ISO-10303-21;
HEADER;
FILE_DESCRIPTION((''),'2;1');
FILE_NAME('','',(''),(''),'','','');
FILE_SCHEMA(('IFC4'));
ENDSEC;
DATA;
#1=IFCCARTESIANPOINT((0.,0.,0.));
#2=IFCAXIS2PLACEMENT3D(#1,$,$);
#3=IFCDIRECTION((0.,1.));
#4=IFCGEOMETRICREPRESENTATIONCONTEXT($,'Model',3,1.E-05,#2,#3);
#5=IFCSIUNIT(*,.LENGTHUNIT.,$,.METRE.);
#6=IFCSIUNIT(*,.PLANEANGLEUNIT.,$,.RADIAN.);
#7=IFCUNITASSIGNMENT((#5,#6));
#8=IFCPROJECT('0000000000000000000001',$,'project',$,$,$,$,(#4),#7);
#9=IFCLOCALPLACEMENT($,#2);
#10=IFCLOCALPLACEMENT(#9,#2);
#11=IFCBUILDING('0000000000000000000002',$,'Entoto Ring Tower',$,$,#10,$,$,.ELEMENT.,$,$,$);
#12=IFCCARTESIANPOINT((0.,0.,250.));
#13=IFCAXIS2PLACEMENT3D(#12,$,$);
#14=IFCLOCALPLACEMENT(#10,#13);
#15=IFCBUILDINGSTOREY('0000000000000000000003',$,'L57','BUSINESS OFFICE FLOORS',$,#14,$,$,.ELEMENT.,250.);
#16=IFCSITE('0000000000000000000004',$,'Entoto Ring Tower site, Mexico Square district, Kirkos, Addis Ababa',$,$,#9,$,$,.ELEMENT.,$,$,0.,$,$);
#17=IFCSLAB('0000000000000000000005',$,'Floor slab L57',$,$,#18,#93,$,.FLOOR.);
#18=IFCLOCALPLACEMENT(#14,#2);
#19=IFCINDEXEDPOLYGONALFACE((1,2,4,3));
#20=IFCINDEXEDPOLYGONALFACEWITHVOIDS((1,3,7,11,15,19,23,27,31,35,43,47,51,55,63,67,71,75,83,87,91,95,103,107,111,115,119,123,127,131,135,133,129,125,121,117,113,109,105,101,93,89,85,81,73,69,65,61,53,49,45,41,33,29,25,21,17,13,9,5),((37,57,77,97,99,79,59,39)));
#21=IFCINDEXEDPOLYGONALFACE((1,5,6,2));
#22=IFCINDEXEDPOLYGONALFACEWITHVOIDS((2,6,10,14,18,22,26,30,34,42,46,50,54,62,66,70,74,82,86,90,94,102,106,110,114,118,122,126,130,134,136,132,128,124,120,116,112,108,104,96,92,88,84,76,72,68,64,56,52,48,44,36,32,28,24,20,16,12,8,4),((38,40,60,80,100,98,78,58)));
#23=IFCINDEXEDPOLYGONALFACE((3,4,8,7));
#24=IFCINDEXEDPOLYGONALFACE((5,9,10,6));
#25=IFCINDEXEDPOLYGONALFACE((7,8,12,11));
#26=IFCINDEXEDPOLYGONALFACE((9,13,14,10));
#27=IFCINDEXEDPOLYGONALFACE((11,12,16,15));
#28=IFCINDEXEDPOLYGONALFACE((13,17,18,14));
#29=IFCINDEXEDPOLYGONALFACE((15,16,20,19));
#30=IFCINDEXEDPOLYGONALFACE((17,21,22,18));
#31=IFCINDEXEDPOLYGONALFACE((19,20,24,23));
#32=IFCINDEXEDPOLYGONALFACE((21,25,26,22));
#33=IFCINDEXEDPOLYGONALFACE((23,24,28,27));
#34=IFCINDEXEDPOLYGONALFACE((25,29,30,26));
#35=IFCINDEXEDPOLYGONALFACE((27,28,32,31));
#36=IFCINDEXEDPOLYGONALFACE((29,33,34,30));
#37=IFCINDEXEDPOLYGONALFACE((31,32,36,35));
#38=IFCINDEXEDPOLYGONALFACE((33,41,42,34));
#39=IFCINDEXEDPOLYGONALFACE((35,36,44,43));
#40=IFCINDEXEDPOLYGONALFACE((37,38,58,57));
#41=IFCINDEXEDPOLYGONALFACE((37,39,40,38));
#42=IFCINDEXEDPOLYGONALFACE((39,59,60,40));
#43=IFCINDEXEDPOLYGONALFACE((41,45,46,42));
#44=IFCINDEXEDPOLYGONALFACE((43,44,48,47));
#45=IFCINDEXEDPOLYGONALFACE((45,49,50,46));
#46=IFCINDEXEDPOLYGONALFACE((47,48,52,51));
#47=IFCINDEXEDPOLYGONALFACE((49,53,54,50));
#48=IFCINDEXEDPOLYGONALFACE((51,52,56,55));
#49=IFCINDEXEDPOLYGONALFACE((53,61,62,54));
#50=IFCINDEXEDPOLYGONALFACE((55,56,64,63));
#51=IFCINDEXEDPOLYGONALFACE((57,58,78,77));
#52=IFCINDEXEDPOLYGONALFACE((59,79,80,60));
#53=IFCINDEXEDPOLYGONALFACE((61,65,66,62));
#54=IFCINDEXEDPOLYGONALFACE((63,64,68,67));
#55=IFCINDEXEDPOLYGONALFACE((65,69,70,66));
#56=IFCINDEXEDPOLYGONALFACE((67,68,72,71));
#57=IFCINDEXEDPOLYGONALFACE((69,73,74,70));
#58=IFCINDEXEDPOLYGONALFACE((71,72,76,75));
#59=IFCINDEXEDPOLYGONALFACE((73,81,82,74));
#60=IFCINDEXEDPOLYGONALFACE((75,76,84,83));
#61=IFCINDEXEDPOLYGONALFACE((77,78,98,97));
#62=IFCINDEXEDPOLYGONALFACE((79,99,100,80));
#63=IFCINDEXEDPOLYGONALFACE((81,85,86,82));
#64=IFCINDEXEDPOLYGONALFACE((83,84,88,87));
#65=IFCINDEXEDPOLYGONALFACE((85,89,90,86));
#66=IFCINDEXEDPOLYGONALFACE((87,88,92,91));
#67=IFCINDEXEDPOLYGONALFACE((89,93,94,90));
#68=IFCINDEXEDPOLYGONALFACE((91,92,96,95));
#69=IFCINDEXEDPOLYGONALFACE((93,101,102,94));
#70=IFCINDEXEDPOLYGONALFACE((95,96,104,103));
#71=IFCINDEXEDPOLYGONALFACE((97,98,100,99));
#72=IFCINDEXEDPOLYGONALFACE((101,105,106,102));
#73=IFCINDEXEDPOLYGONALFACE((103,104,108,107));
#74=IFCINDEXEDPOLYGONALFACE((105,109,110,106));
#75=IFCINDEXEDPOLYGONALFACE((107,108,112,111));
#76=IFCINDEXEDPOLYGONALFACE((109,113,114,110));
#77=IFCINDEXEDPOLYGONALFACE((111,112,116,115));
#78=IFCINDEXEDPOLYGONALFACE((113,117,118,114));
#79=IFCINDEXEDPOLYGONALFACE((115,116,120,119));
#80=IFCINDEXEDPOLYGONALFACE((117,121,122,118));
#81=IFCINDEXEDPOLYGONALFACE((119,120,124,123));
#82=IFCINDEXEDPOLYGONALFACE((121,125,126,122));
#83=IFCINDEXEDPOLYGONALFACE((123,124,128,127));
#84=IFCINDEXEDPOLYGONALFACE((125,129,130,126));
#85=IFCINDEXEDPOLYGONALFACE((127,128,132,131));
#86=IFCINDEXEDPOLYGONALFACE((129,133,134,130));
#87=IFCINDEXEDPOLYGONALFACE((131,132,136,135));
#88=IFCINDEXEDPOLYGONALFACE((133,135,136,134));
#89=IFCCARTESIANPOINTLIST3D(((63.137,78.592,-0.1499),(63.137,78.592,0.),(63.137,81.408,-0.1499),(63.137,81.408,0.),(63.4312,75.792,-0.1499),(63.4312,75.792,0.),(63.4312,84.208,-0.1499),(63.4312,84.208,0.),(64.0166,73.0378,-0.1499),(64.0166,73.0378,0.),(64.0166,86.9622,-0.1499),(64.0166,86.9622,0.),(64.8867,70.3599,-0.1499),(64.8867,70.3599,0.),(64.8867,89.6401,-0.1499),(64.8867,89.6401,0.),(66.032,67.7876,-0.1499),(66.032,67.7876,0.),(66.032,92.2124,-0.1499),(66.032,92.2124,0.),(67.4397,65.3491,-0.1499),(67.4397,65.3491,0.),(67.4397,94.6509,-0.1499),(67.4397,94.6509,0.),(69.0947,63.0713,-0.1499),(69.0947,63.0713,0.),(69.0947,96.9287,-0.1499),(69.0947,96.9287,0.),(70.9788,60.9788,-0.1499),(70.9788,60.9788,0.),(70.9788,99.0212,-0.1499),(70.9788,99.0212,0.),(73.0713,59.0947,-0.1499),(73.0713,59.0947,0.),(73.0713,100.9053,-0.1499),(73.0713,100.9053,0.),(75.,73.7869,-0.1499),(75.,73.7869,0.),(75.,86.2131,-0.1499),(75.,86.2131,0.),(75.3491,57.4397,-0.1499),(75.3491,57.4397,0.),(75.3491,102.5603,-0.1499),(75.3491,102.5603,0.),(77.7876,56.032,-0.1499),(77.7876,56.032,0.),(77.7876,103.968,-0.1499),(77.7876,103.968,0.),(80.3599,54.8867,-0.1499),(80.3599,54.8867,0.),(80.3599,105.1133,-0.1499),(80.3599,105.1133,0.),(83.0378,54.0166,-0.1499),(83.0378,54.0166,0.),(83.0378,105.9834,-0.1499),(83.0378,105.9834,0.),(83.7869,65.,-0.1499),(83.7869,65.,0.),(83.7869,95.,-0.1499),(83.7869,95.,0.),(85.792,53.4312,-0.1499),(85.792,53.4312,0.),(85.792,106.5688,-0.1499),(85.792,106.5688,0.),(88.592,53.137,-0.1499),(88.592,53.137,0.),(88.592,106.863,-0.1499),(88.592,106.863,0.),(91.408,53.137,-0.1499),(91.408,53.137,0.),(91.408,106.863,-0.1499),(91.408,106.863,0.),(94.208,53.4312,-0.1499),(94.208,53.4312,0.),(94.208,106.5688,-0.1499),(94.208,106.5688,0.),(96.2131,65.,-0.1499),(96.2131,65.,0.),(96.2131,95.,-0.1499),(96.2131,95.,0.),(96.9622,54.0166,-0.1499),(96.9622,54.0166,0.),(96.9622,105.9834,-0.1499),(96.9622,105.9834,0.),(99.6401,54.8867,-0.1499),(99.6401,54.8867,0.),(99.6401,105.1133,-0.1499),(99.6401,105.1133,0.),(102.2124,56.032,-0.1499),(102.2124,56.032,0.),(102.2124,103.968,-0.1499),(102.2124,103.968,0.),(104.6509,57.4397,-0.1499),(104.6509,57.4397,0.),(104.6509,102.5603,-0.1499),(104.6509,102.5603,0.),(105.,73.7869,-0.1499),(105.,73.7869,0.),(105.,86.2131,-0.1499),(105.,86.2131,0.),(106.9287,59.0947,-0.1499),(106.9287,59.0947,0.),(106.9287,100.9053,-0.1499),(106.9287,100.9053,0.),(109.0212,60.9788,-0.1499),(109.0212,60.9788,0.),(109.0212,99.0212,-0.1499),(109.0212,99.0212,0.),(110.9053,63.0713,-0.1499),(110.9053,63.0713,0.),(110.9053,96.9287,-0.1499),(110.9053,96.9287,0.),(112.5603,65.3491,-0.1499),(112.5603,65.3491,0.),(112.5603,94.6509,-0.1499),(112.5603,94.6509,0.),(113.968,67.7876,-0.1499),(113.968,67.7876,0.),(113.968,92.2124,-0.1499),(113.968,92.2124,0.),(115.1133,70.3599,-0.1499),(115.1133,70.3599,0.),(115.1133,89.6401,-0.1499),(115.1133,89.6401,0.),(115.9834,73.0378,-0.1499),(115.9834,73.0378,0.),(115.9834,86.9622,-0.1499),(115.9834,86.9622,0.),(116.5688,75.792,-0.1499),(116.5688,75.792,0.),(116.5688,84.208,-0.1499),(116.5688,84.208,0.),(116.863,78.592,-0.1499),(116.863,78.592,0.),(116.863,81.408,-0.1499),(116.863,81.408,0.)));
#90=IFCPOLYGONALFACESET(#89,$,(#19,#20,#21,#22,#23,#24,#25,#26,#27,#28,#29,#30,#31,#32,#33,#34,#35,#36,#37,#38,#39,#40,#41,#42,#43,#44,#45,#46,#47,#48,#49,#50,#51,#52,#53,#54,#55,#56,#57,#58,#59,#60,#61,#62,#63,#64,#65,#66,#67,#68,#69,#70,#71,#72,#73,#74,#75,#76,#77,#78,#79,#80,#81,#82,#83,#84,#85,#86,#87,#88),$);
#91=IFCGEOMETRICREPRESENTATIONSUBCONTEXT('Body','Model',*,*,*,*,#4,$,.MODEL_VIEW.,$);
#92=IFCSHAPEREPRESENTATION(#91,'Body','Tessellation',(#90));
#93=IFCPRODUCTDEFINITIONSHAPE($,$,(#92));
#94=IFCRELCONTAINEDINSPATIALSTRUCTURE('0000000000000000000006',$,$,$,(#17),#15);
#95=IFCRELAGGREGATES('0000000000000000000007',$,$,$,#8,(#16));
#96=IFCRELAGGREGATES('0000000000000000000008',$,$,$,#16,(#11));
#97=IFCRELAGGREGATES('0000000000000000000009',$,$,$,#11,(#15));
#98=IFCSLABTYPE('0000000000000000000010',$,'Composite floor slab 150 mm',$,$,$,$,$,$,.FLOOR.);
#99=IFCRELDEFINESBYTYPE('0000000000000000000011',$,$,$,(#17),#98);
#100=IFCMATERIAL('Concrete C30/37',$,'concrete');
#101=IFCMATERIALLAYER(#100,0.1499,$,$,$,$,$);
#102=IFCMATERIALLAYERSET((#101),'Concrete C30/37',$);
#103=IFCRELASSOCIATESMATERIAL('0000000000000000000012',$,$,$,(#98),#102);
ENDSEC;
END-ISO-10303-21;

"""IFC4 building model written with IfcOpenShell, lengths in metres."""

from ifc_helpers import new_model, si_unit, direction, frame, origin, place, context, subcontext, project, spatial, polyline, outline, extrude, material, layer, layer_set, type_object, element, save


model = new_model("IFC4")

# Units and contexts
model_context = context("Model", 3, precision=1e-05, world=origin(), true_north=direction((0.0, 1.0)))
body_context = subcontext(model_context, "Body", "Model", "MODEL_VIEW")
ifc_project = project(units=[si_unit("LENGTHUNIT", "METRE"), si_unit("PLANEANGLEUNIT", "RADIAN")], contexts=[model_context])

# Site, building, storey
site_placement = place(None, origin())
building_placement = place(site_placement, origin())
storey_placement = place(building_placement, frame((0.0, 0.0, 250.0)))
site = spatial("IfcSite", under=ifc_project, at=site_placement, Name="Entoto Ring Tower site, Mexico Square district, Kirkos, Addis Ababa", CompositionType="ELEMENT", RefElevation=0.0)
building = spatial("IfcBuilding", under=site, at=building_placement, Name="Entoto Ring Tower", CompositionType="ELEMENT")
storey = spatial("IfcBuildingStorey", under=building, at=storey_placement, Name="L57", Description="BUSINESS OFFICE FLOORS", CompositionType="ELEMENT", Elevation=250.0)

# Slab
ifc_material_1 = material(Name="Concrete C30/37", Category="concrete")
ifc_layer_1 = layer(ifc_material_1, 0.1499)
ifc_layer_set_1 = layer_set([ifc_layer_1], Name="Concrete C30/37")
slab_type = type_object("IfcSlabType", Name="Composite floor slab 150 mm", PredefinedType="FLOOR", material=ifc_layer_set_1)
slab_placement = place(storey_placement, frame((0.0, 0.0, -0.1499)))
element("IfcSlab", 1, at=slab_placement, inside=storey, type_object=slab_type, Name="Floor slab L57", PredefinedType="FLOOR", context=body_context, shape_type="SweptSolid", body=[
    extrude(outline(polyline([(116.5688, 84.208), (115.9834, 86.9622), (115.1133, 89.6401), (113.968, 92.2124), (112.5603, 94.6509), (110.9053, 96.9287), (109.0212, 99.0212), (106.9287, 100.9053), (104.6509, 102.5603), (102.2124, 103.968), (99.6401, 105.1133), (96.9622, 105.9834), (94.208, 106.5688), (91.408, 106.863), (88.592, 106.863), (85.792, 106.5688), (83.0378, 105.9834), (80.3599, 105.1133), (77.7876, 103.968), (75.3491, 102.5603), (73.0713, 100.9053), (70.9788, 99.0212), (69.0947, 96.9287), (67.4397, 94.6509), (66.032, 92.2124), (64.8867, 89.6401), (64.0166, 86.9622), (63.4312, 84.208), (63.137, 81.408), (63.137, 78.592), (63.4312, 75.792), (64.0166, 73.0378), (64.8867, 70.3599), (66.032, 67.7876), (67.4397, 65.3491), (69.0947, 63.0713), (70.9788, 60.9788), (73.0713, 59.0947), (75.3491, 57.4397), (77.7876, 56.032), (80.3599, 54.8867), (83.0378, 54.0166), (85.792, 53.4312), (88.592, 53.137), (91.408, 53.137), (94.208, 53.4312), (96.9622, 54.0166), (99.6401, 54.8867), (102.2124, 56.032), (104.6509, 57.4397), (106.9287, 59.0947), (109.0212, 60.9788), (110.9053, 63.0713), (112.5603, 65.3491), (113.968, 67.7876), (115.1133, 70.3599), (115.9834, 73.0378), (116.5688, 75.792), (116.863, 78.592), (116.863, 81.408), (116.5688, 84.208)]), holes=[polyline([(105.0, 73.7869), (105.0, 86.2131), (96.2131, 95.0), (83.7869, 95.0), (75.0, 86.2131), (75.0, 73.7869), (83.7869, 65.0), (96.2131, 65.0), (105.0, 73.7869)])]), origin(), (0.0, 0.0, 1.0), 0.1499),
])

save(model, "model.ifc")
